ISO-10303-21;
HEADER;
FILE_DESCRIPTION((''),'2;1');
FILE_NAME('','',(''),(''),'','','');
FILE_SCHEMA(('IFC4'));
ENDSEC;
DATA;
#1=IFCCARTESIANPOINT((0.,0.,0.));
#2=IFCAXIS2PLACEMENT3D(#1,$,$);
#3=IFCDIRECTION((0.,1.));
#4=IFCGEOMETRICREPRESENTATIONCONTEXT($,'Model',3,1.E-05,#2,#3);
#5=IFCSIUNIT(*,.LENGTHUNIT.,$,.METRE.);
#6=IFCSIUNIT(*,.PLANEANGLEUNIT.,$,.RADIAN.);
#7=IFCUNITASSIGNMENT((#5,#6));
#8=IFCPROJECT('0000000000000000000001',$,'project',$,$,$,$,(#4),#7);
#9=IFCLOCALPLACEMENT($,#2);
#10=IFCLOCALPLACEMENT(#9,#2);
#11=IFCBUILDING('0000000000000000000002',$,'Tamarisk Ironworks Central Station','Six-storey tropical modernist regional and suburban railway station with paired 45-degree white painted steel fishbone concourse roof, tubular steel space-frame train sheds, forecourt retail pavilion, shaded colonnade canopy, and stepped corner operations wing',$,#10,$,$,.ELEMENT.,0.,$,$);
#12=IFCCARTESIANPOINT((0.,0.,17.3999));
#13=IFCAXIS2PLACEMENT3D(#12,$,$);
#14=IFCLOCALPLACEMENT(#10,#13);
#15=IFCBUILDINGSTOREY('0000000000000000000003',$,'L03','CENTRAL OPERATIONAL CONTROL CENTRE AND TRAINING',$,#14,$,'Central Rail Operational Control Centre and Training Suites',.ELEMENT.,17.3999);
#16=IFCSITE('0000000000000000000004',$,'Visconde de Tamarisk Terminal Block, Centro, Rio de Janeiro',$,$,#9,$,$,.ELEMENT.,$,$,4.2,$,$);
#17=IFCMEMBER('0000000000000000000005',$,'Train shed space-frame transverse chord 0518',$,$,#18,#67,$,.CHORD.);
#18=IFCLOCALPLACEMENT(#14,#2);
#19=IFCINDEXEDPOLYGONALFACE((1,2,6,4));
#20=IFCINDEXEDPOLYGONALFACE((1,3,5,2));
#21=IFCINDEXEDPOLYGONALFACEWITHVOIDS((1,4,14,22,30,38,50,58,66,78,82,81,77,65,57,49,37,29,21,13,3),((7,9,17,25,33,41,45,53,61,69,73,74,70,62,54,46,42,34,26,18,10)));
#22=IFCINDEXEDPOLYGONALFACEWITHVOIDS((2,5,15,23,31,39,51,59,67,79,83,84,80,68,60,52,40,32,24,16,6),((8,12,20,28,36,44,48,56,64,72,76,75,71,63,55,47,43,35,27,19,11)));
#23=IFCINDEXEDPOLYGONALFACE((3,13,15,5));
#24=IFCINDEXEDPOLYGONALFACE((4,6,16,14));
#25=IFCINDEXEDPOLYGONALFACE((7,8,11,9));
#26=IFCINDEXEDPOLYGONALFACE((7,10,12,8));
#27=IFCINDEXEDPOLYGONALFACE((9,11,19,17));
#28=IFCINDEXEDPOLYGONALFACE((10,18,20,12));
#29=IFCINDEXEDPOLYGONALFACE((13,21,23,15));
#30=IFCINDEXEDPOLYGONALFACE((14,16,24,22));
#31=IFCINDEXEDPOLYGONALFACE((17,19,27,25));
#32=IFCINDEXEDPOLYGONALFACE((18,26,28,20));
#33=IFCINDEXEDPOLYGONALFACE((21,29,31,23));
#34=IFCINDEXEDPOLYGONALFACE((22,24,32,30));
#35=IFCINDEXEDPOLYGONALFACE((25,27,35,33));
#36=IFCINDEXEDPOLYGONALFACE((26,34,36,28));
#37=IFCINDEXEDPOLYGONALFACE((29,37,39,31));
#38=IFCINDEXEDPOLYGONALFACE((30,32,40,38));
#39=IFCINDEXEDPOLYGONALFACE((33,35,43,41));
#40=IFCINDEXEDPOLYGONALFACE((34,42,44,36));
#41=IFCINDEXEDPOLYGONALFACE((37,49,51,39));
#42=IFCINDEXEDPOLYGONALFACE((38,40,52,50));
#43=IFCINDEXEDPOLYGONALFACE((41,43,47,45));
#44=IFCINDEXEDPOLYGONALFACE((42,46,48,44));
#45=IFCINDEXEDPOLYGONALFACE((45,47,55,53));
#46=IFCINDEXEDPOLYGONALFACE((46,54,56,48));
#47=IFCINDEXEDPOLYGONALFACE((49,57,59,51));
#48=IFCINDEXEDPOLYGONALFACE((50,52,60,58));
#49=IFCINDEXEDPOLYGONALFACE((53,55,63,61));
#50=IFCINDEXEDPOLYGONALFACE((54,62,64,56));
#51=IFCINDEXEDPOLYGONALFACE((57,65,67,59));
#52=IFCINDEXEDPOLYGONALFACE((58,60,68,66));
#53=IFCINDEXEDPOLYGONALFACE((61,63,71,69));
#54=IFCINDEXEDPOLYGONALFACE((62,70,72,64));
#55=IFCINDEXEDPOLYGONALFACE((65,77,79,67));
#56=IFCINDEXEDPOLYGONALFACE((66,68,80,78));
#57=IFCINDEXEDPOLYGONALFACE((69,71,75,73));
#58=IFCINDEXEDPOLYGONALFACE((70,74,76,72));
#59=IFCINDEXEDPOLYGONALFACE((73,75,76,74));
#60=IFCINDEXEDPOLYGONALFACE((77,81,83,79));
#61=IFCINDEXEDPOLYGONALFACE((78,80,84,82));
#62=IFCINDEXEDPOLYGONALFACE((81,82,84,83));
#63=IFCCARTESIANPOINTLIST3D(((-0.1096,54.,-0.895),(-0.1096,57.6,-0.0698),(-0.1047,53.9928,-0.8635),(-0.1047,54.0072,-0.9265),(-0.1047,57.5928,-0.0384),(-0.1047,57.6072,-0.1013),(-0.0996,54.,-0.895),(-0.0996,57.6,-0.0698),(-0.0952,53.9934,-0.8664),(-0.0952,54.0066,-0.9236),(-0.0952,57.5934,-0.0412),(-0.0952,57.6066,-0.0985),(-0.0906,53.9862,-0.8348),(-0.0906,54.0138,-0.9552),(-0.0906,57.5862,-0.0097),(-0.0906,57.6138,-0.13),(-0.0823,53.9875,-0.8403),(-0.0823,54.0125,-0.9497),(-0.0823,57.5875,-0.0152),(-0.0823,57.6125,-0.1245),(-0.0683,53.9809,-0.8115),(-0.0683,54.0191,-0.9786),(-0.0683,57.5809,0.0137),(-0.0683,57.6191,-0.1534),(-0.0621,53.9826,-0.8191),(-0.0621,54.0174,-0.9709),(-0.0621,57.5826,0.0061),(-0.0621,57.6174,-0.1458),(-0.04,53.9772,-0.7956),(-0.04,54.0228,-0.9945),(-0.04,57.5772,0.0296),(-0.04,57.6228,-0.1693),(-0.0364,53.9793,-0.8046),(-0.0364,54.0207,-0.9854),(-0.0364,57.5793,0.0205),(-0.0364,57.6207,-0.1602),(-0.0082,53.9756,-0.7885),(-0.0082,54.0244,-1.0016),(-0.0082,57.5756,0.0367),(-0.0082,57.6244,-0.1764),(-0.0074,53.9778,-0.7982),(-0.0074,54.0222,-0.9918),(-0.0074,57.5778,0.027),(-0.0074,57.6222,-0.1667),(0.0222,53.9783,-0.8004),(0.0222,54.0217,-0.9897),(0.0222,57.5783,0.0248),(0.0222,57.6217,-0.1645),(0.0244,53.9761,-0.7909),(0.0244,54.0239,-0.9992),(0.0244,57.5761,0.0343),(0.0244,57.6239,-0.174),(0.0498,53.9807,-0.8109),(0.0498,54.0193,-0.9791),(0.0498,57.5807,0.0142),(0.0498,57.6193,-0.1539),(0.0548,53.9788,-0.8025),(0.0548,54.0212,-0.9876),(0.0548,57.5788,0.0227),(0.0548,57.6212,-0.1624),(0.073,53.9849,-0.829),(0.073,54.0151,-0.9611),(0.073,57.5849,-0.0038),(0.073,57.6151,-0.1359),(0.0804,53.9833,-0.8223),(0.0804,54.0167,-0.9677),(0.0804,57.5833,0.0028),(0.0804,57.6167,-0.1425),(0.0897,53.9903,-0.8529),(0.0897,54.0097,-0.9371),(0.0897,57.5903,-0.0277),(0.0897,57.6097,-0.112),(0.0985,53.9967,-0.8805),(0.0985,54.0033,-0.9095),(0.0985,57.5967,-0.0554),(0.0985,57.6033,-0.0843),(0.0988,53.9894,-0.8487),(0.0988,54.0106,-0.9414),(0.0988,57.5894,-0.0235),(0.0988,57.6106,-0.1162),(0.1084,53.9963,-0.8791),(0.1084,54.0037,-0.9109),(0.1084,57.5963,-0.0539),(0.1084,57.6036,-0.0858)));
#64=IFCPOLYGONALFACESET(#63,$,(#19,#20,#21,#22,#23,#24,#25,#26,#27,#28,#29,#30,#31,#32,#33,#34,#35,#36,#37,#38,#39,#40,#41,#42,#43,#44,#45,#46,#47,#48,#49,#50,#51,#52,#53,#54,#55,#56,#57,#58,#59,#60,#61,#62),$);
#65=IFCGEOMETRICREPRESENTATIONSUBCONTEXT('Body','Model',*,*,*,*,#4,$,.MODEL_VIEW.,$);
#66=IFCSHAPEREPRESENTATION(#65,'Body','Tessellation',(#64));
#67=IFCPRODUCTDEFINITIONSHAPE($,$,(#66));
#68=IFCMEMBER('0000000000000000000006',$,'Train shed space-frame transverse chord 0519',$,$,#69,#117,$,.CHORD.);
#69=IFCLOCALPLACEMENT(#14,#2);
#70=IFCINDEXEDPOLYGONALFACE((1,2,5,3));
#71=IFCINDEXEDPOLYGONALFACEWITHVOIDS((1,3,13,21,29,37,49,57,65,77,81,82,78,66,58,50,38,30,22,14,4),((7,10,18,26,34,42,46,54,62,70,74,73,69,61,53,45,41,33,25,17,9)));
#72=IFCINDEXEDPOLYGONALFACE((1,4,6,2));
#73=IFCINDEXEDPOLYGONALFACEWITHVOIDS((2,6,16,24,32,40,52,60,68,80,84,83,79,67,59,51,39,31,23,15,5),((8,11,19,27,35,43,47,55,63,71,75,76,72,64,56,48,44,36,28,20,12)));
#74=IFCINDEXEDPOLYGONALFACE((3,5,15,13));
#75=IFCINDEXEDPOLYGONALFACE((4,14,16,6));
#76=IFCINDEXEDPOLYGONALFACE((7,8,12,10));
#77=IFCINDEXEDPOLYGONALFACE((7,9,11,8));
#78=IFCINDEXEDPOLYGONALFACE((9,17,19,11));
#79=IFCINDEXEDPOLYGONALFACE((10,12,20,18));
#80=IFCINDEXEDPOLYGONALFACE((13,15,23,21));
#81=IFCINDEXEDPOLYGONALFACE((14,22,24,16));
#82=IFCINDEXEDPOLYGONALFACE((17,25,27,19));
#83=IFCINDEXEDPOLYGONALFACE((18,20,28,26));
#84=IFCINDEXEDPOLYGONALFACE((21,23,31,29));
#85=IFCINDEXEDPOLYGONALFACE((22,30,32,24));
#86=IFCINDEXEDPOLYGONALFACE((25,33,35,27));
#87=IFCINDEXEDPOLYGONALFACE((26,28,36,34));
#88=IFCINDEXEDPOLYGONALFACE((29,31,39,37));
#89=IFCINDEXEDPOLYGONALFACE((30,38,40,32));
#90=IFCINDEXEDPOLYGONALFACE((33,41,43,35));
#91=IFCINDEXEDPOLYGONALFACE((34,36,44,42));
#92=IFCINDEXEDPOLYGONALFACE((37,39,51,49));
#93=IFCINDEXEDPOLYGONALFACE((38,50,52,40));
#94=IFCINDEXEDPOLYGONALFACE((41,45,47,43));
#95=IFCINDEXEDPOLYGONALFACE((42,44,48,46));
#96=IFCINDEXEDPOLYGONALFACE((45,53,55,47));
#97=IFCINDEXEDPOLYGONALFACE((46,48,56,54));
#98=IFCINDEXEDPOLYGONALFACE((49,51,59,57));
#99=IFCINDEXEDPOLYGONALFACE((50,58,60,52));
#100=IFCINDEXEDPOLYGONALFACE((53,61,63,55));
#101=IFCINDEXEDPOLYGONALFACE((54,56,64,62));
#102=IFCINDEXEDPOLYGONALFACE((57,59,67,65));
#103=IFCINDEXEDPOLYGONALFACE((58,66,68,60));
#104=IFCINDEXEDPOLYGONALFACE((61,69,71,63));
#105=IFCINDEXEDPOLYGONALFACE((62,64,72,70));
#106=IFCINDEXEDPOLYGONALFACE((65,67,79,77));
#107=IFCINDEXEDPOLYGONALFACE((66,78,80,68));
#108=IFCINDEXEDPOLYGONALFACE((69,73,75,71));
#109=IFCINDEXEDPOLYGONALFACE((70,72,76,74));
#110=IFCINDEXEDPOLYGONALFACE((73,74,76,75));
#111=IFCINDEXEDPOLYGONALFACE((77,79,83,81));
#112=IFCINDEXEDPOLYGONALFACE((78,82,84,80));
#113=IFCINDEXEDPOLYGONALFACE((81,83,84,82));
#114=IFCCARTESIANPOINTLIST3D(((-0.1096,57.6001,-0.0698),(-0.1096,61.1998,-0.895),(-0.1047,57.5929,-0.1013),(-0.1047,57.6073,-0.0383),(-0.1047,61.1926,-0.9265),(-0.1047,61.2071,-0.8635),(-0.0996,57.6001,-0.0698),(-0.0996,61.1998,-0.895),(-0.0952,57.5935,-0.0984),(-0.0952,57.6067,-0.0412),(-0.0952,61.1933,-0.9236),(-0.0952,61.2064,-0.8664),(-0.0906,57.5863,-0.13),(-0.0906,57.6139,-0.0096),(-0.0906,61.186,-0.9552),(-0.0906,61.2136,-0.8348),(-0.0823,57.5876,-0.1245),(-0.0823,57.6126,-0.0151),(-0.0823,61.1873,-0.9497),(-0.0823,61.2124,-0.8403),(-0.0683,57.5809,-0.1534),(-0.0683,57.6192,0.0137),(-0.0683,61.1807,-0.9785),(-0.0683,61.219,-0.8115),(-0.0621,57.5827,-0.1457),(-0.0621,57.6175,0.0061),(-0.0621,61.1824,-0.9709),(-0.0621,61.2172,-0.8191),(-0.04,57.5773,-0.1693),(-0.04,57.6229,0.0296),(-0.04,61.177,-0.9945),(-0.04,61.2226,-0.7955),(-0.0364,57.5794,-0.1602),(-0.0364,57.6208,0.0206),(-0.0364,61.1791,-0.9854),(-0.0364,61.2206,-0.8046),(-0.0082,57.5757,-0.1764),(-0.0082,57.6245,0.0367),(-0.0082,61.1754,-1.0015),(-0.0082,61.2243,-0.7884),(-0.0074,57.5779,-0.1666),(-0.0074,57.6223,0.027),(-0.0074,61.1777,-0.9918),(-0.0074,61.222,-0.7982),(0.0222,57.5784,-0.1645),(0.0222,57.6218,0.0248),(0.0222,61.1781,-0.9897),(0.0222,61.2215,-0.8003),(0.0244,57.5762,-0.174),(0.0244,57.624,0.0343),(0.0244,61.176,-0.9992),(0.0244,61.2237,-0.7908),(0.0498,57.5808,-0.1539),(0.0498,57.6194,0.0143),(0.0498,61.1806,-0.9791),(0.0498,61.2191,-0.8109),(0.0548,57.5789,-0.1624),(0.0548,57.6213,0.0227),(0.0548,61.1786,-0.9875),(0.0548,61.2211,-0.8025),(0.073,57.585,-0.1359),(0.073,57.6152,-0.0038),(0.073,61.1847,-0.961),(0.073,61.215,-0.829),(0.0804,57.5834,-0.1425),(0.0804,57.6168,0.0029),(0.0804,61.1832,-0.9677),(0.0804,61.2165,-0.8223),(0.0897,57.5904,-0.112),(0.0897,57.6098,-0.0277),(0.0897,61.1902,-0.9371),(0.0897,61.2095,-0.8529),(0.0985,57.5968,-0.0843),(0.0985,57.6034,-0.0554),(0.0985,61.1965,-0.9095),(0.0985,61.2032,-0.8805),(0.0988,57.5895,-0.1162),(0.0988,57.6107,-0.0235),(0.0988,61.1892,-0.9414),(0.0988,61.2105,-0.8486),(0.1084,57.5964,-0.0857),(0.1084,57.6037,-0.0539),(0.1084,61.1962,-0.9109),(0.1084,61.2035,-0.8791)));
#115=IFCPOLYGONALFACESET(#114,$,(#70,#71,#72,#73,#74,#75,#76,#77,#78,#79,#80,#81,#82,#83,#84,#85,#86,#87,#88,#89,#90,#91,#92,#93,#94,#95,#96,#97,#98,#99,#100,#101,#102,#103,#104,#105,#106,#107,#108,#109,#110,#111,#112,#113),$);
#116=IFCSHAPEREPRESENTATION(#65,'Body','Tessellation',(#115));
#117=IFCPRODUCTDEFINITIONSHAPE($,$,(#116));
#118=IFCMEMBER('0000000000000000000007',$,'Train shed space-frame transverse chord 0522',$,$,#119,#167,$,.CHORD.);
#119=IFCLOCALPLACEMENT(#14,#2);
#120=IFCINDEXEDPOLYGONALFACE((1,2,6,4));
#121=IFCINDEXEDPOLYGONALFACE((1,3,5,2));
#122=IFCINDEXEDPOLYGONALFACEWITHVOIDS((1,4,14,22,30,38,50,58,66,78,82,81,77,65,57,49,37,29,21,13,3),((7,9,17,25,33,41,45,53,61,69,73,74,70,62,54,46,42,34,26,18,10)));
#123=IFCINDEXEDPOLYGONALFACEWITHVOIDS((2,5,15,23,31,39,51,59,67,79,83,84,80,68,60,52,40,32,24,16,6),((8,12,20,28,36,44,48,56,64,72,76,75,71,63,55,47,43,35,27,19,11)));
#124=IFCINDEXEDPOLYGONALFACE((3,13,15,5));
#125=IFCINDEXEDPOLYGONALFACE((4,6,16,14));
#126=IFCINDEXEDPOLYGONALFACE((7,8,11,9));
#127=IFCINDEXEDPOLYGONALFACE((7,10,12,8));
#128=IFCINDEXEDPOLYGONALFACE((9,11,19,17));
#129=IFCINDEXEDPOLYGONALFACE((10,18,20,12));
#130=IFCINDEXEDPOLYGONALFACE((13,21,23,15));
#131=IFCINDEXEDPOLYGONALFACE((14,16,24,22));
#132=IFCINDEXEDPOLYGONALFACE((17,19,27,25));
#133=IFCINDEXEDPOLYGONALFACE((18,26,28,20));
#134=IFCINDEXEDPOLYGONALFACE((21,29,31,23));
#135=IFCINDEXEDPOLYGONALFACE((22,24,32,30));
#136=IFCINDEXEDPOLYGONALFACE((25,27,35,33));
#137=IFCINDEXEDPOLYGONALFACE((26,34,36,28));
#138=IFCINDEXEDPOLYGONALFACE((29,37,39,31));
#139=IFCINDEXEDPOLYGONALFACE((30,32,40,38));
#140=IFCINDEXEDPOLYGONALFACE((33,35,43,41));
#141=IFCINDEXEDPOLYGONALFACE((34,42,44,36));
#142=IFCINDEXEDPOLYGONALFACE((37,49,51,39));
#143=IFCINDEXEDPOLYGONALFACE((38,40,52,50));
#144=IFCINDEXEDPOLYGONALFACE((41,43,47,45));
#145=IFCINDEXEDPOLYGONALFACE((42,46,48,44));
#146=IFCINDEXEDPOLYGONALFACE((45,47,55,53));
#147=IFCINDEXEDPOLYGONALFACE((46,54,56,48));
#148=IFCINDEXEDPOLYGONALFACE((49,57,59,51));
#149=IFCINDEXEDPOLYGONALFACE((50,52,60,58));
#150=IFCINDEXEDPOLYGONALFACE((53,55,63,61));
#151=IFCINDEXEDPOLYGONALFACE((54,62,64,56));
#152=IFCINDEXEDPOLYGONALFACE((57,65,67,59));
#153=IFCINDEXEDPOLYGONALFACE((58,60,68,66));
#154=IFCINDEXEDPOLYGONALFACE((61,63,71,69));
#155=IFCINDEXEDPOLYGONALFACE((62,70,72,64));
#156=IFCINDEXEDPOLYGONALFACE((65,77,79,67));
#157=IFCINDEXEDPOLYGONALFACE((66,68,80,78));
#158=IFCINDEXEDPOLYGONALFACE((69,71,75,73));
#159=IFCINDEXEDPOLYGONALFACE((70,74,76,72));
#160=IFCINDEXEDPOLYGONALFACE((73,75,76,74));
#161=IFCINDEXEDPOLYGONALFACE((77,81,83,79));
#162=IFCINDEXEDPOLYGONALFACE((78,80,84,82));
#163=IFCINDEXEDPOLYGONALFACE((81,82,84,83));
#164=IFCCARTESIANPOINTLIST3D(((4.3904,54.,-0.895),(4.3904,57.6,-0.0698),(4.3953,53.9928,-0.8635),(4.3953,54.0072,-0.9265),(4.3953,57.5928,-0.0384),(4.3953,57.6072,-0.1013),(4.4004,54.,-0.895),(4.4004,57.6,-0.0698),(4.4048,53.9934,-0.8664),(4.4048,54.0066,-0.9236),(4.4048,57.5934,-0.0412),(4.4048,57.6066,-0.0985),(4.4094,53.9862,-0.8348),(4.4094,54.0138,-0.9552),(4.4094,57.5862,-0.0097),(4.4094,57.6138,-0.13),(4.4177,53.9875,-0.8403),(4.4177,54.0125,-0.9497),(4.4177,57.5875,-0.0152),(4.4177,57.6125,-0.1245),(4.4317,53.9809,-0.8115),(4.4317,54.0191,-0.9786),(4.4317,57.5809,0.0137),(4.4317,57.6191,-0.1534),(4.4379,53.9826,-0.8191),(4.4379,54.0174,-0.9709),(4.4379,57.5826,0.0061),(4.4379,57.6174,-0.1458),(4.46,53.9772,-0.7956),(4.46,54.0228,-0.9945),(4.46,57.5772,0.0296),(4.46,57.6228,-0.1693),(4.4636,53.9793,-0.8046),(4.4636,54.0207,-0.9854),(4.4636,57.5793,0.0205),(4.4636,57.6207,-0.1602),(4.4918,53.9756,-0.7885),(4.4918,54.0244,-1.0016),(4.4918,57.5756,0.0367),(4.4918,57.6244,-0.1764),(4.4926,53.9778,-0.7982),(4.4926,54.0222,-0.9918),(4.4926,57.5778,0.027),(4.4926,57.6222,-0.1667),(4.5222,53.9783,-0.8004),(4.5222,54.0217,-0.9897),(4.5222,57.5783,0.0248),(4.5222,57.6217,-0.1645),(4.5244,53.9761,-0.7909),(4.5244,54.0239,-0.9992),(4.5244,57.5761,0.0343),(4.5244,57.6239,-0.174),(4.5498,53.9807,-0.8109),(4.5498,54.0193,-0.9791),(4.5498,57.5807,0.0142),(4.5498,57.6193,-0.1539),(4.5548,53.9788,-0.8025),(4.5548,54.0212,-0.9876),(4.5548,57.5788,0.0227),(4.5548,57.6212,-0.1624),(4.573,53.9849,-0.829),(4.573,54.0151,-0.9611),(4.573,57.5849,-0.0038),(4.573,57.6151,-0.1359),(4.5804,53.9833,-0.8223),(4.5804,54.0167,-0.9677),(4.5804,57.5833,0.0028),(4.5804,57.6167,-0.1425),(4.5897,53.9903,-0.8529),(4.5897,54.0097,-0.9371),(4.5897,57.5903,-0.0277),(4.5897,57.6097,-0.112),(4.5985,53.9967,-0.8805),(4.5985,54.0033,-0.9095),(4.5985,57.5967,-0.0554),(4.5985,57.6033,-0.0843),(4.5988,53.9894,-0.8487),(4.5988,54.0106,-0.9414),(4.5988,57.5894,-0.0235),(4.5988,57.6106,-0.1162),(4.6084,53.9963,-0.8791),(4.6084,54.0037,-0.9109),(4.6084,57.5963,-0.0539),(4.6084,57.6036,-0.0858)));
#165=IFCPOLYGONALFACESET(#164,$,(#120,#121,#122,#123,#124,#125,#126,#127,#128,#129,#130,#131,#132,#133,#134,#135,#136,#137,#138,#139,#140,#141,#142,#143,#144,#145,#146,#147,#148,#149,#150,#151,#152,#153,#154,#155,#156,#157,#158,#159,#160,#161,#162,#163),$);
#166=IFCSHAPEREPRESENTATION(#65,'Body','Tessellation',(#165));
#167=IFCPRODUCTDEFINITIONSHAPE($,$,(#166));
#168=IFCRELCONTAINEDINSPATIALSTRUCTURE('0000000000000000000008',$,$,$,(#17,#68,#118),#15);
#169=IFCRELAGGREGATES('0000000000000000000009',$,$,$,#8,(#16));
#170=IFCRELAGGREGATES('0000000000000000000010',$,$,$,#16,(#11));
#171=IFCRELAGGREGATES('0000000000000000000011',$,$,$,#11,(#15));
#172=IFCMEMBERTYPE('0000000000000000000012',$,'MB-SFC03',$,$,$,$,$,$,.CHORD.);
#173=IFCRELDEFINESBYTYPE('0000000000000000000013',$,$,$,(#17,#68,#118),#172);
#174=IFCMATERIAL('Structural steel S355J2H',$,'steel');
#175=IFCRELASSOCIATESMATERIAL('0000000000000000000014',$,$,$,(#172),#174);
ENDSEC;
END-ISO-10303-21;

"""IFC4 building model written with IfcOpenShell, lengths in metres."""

from ifc_helpers import new_model, si_unit, direction, frame, origin, origin_2d, place, context, subcontext, project, spatial, hollow_circle, extrude, material, material_profile, profile_set, type_object, element, save


model = new_model("IFC4")

# Units and contexts
model_context = context("Model", 3, precision=1e-05, world=origin(), true_north=direction((0.0, 1.0)))
body_context = subcontext(model_context, "Body", "Model", "MODEL_VIEW")
ifc_project = project(units=[si_unit("LENGTHUNIT", "METRE"), si_unit("PLANEANGLEUNIT", "RADIAN")], contexts=[model_context])

# Site, building, storey
site_placement = place(None, origin())
site = spatial("IfcSite", under=ifc_project, at=site_placement, Name="Visconde de Tamarisk Terminal Block, Centro, Rio de Janeiro", CompositionType="ELEMENT", RefElevation=4.2)
building_placement = place(site_placement, origin())
building = spatial("IfcBuilding", under=site, at=building_placement, Name="Tamarisk Ironworks Central Station", Description="Six-storey tropical modernist regional and suburban railway station with paired 45-degree white painted steel fishbone concourse roof, tubular steel space-frame train sheds, forecourt retail pavilion, shaded colonnade canopy, and stepped corner operations wing", CompositionType="ELEMENT", ElevationOfRefHeight=0.0)
storey_placement = place(building_placement, frame((0.0, 0.0, 17.3999)))
storey = spatial("IfcBuildingStorey", under=building, at=storey_placement, Name="L03", Description="CENTRAL OPERATIONAL CONTROL CENTRE AND TRAINING", LongName="Central Rail Operational Control Centre and Training Suites", CompositionType="ELEMENT", Elevation=17.3999)

# Members
ifc_material_1 = material(Name="Structural steel S355J2H", Category="steel")
ifc_material_profile_1 = material_profile(ifc_material_1, hollow_circle(Radius=0.1096, WallThickness=0.01, at=origin_2d()), Name="CHS 219.1x10")
ifc_profile_set_1 = profile_set([ifc_material_profile_1], Name="Structural steel S355J2H")
member_type_1 = type_object("IfcMemberType", Name="MB-SFC03", PredefinedType="CHORD", material=ifc_profile_set_1)
member_1_placement = place(storey_placement, frame((0.0, 54.0, -0.895), z_axis=(0.0, 0.974722, 0.223421), x_axis=(-1.0, 0.0, 0.0)))
element("IfcMember", 1, at=member_1_placement, inside=storey, type_object=member_type_1, Name="Train shed space-frame transverse chord 0518", PredefinedType="CHORD", context=body_context, shape_type="SweptSolid", body=[
    extrude(hollow_circle(Radius=0.1096, WallThickness=0.01, at=origin_2d()), origin(), (0.0, 0.0, 1.0), 3.6934),
])
member_2_placement = place(storey_placement, frame((0.0, 57.6001, -0.0698), z_axis=(0.0, 0.974719, -0.223435), x_axis=(-1.0, 0.0, 0.0)))
element("IfcMember", 2, at=member_2_placement, inside=storey, type_object=member_type_1, Name="Train shed space-frame transverse chord 0519", PredefinedType="CHORD", context=body_context, shape_type="SweptSolid", body=[
    extrude(hollow_circle(Radius=0.1096, WallThickness=0.01, at=origin_2d()), origin(), (0.0, 0.0, 1.0), 3.6931),
])
member_3_placement = place(storey_placement, frame((4.5, 54.0, -0.895), z_axis=(0.0, 0.974722, 0.223421), x_axis=(-1.0, 0.0, 0.0)))
element("IfcMember", 3, at=member_3_placement, inside=storey, type_object=member_type_1, Name="Train shed space-frame transverse chord 0522", PredefinedType="CHORD", context=body_context, shape_type="SweptSolid", body=[
    extrude(hollow_circle(Radius=0.1096, WallThickness=0.01, at=origin_2d()), origin(), (0.0, 0.0, 1.0), 3.6934),
])

save(model, "model.ifc")
